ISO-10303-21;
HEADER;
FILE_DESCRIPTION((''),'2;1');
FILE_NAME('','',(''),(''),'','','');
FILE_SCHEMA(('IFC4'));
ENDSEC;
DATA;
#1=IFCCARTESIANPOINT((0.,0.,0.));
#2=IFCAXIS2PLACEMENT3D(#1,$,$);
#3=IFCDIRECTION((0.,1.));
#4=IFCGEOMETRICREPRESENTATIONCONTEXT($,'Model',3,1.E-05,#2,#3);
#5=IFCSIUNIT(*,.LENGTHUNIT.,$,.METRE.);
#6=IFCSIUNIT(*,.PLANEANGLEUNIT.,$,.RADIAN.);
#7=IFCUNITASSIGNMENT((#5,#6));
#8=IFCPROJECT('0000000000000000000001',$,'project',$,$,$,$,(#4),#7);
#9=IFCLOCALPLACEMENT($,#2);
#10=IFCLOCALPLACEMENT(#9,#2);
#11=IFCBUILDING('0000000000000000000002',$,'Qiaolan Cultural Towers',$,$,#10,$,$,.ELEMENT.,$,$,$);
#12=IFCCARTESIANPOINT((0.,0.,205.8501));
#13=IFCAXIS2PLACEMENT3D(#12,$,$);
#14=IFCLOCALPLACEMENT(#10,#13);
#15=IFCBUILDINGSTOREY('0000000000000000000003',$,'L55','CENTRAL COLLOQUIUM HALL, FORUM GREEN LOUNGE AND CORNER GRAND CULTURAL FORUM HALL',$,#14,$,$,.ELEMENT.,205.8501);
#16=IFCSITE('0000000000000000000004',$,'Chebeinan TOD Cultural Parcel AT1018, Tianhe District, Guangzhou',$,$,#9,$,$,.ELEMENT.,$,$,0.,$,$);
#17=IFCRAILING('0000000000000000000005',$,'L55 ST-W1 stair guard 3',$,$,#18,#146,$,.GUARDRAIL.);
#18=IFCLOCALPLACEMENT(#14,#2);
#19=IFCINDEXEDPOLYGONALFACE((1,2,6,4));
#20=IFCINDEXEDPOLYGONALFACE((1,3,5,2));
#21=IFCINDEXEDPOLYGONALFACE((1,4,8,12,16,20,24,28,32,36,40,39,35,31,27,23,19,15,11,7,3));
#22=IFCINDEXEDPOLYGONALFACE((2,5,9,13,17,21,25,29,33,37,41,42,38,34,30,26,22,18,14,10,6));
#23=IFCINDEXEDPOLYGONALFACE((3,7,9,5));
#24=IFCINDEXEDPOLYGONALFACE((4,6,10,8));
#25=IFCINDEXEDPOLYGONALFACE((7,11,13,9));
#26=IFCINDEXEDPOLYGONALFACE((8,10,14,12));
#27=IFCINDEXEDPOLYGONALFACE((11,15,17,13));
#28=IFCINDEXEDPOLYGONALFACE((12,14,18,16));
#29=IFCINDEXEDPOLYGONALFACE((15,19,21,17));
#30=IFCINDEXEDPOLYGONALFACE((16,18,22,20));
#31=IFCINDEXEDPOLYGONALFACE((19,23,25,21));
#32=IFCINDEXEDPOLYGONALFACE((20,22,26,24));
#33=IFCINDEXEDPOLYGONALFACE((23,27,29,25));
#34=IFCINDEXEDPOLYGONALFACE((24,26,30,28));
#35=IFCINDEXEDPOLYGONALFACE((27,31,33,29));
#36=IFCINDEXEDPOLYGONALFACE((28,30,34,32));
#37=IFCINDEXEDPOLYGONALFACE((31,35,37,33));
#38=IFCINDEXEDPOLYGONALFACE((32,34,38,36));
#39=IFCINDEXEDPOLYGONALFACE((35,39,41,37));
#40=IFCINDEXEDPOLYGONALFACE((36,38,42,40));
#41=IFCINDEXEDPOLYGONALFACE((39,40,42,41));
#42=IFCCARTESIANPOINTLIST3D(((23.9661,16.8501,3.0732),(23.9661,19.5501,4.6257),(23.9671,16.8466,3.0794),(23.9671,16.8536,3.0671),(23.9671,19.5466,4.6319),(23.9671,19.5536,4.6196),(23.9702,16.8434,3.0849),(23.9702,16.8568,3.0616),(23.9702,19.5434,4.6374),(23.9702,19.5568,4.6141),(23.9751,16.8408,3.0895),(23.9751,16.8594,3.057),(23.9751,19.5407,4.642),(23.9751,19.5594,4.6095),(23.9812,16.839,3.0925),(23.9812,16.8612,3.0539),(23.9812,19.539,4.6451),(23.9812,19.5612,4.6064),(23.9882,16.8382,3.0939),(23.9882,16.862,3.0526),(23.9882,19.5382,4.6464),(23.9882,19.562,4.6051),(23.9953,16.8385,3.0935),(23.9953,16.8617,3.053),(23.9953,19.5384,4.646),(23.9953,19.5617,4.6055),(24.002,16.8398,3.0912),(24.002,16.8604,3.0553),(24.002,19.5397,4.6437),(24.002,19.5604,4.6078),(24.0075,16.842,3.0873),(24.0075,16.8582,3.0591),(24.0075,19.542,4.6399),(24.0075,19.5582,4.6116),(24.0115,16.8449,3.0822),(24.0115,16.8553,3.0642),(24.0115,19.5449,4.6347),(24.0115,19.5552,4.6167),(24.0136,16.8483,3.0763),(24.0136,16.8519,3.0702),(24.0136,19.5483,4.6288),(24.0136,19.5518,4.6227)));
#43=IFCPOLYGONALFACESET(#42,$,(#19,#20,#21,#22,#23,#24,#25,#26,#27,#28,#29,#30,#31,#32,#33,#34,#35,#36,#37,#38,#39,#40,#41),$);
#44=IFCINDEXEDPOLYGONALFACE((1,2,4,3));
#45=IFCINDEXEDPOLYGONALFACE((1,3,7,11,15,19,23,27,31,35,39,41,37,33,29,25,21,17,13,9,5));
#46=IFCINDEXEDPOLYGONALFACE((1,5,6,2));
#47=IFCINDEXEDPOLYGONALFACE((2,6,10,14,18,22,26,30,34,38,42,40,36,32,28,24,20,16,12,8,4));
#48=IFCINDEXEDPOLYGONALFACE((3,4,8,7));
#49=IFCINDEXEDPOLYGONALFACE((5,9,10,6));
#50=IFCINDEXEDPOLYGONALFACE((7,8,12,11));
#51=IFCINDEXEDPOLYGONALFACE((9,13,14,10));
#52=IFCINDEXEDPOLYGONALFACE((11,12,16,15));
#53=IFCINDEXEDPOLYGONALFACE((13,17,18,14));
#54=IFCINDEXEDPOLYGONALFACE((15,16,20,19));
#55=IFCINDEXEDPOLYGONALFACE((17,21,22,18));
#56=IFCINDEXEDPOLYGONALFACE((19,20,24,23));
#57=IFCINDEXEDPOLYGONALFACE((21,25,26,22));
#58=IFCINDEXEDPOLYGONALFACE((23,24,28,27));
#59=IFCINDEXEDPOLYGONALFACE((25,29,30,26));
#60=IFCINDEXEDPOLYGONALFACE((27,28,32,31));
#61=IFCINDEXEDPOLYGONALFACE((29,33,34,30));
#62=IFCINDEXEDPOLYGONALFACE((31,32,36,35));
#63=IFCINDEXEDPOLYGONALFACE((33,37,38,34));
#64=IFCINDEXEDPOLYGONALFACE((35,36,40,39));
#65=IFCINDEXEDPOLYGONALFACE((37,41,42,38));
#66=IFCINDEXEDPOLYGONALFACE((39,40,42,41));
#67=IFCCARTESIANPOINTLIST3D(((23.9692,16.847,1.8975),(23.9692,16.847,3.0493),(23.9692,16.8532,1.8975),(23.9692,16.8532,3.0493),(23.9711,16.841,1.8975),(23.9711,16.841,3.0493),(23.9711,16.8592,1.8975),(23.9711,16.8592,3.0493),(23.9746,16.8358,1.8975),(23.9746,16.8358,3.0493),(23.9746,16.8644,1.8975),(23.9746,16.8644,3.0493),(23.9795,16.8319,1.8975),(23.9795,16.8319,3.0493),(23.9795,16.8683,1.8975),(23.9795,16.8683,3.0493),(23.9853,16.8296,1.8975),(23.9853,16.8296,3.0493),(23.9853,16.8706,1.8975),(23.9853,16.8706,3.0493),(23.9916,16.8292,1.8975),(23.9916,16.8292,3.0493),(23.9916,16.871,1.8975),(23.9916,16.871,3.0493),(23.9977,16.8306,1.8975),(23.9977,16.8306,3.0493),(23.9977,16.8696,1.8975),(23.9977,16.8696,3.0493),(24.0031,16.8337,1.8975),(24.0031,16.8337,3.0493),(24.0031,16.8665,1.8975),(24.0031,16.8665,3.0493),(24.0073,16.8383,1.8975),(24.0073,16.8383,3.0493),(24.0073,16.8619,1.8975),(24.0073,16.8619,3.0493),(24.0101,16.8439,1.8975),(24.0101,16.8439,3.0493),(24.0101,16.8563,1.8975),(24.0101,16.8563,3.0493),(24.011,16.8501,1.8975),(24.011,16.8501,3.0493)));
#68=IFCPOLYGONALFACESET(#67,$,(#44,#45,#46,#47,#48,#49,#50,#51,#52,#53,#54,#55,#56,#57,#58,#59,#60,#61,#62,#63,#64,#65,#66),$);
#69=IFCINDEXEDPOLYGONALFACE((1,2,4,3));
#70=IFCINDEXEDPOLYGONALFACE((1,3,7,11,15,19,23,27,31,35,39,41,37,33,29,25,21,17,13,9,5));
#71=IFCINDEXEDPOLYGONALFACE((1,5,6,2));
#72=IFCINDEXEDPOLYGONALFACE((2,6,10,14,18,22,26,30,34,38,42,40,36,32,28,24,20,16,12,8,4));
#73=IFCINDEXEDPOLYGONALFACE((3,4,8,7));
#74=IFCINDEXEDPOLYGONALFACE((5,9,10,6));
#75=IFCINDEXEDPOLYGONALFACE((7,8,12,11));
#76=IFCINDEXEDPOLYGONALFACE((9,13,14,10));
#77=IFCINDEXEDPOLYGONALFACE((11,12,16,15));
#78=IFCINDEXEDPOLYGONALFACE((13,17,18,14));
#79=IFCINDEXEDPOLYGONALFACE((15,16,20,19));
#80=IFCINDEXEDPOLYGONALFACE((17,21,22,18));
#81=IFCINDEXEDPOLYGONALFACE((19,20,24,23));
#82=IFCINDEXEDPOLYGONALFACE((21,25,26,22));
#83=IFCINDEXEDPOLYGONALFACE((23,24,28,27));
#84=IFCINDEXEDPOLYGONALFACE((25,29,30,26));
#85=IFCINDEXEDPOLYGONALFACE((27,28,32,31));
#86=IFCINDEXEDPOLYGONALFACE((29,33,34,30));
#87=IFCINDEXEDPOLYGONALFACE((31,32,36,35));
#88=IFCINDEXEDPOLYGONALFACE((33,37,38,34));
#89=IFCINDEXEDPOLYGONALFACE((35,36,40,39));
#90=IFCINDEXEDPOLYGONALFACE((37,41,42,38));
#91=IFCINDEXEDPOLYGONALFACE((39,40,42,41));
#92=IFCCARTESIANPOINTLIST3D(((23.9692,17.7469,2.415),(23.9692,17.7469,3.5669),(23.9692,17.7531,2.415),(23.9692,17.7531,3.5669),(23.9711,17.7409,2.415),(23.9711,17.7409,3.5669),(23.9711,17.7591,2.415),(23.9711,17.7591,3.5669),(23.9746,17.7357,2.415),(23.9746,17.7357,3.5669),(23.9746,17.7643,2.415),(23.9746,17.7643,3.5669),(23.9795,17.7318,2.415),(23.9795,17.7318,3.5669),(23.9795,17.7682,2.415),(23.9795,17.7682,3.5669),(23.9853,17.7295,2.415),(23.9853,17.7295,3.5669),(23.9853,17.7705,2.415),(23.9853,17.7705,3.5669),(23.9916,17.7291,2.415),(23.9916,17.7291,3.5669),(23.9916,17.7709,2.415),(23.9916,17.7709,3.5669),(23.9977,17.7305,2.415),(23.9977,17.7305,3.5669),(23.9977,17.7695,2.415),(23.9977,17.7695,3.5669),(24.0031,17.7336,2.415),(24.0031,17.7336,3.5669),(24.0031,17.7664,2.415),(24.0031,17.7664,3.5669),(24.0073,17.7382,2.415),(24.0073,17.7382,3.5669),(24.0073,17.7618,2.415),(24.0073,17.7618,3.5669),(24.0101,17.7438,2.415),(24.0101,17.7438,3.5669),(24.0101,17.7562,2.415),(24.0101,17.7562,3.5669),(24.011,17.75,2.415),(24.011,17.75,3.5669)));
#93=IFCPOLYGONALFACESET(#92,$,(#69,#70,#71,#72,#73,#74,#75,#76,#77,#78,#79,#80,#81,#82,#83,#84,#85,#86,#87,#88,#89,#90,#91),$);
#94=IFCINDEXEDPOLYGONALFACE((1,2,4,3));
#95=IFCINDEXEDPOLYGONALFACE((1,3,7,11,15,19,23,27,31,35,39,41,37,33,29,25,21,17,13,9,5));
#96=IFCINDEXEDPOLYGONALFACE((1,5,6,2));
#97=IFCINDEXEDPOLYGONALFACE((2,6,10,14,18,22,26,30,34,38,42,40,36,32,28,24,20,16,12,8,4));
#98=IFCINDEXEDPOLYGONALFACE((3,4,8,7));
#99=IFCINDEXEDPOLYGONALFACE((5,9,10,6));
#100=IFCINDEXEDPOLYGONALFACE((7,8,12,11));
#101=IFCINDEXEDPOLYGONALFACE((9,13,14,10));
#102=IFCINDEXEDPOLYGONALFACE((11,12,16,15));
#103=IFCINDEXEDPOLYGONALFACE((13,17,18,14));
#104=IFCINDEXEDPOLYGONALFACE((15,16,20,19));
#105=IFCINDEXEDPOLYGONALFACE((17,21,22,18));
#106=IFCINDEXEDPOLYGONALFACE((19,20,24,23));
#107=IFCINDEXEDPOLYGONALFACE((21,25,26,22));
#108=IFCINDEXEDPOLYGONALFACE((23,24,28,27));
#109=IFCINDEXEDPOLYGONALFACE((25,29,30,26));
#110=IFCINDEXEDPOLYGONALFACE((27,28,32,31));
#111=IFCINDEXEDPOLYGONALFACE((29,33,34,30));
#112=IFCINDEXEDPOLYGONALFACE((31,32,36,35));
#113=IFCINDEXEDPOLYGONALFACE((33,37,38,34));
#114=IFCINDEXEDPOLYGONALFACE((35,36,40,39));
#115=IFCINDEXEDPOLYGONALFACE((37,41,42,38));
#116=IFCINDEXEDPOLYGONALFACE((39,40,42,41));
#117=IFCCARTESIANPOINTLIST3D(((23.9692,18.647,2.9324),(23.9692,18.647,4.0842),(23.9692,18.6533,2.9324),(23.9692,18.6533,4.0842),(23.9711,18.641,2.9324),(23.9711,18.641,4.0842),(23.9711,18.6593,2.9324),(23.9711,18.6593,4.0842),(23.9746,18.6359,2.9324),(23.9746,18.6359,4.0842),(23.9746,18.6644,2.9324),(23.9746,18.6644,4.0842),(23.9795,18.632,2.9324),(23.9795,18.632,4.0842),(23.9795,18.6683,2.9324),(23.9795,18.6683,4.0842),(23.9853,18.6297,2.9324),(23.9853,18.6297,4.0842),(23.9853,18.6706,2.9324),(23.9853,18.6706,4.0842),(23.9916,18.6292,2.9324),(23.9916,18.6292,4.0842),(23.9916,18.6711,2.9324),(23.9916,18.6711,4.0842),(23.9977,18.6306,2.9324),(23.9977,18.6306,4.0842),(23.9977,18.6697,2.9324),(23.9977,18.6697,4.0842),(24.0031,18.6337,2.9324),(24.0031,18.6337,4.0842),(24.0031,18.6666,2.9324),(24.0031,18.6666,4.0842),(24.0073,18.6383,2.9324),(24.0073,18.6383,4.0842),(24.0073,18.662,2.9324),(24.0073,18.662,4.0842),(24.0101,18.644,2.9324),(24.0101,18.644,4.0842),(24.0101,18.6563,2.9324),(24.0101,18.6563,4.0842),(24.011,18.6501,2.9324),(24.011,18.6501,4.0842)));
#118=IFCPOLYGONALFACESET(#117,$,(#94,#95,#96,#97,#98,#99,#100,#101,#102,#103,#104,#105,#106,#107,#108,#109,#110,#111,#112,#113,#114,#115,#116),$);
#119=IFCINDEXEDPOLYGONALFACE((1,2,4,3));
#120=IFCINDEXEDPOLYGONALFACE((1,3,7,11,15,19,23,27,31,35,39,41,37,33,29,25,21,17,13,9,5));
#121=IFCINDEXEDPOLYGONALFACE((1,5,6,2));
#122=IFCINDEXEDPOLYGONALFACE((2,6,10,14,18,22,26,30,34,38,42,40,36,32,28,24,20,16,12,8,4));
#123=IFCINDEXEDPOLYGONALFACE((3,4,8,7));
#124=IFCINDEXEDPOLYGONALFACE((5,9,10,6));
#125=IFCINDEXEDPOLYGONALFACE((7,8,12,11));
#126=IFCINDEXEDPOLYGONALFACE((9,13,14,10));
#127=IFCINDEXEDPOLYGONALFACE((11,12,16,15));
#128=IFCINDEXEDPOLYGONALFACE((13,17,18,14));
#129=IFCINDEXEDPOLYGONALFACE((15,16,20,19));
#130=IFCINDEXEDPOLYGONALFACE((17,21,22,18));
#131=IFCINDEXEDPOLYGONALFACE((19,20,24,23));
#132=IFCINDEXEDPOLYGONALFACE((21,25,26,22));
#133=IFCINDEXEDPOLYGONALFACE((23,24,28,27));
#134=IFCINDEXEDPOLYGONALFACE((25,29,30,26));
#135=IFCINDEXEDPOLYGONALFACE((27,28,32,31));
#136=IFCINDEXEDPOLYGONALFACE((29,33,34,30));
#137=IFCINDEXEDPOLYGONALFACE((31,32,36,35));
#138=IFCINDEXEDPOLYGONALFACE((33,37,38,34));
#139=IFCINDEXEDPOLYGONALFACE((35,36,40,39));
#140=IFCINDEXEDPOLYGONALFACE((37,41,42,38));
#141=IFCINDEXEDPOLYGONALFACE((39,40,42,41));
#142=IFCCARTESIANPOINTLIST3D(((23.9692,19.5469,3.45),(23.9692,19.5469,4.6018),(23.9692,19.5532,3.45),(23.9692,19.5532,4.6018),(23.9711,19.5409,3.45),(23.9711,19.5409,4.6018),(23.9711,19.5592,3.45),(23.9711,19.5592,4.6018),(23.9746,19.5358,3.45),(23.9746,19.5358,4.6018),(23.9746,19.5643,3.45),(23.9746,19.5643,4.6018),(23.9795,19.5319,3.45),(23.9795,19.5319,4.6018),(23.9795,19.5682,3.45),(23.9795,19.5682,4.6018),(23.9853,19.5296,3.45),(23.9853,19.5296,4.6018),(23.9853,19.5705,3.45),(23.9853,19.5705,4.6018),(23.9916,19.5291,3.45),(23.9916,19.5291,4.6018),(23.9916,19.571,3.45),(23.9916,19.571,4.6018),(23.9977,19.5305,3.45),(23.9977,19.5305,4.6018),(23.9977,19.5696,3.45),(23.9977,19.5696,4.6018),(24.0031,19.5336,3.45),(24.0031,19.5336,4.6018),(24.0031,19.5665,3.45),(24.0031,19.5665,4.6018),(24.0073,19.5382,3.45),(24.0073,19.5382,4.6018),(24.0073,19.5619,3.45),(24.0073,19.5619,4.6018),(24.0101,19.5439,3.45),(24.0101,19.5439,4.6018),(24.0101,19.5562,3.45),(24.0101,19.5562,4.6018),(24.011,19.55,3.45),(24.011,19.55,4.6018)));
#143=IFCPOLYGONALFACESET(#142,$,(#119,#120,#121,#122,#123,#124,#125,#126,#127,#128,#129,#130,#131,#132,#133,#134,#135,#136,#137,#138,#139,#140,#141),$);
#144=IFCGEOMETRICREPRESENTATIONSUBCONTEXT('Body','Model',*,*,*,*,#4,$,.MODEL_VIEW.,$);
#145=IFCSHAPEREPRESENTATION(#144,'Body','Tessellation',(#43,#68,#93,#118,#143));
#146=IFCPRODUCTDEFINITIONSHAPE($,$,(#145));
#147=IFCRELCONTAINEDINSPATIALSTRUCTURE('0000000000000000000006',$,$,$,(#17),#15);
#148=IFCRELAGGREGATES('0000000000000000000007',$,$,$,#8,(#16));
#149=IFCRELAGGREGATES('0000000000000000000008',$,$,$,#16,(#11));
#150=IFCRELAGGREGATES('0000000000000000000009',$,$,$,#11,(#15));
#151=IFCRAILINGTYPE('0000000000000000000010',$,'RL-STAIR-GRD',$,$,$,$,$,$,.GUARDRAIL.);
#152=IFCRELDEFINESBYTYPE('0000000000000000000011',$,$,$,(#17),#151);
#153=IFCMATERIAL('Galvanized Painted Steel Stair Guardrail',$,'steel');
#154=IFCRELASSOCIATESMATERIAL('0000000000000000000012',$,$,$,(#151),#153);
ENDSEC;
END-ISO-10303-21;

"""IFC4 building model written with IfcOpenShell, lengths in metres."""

from ifc_helpers import new_model, si_unit, direction, frame, origin, origin_2d, place, context, subcontext, project, spatial, circle, extrude, material, type_object, element, save


model = new_model("IFC4")

# Units and contexts
model_context = context("Model", 3, precision=1e-05, world=origin(), true_north=direction((0.0, 1.0)))
body_context = subcontext(model_context, "Body", "Model", "MODEL_VIEW")
ifc_project = project(units=[si_unit("LENGTHUNIT", "METRE"), si_unit("PLANEANGLEUNIT", "RADIAN")], contexts=[model_context])

# Site, building, storey
site_placement = place(None, origin())
site = spatial("IfcSite", under=ifc_project, at=site_placement, Name="Chebeinan TOD Cultural Parcel AT1018, Tianhe District, Guangzhou", CompositionType="ELEMENT", RefElevation=0.0)
building_placement = place(site_placement, origin())
building = spatial("IfcBuilding", under=site, at=building_placement, Name="Qiaolan Cultural Towers", CompositionType="ELEMENT")
storey_placement = place(building_placement, frame((0.0, 0.0, 205.8501)))
storey = spatial("IfcBuildingStorey", under=building, at=storey_placement, Name="L55", Description="CENTRAL COLLOQUIUM HALL, FORUM GREEN LOUNGE AND CORNER GRAND CULTURAL FORUM HALL", CompositionType="ELEMENT", Elevation=205.8501)

# Railing
ifc_material_1 = material(Name="Galvanized Painted Steel Stair Guardrail", Category="steel")
railing_type_1 = type_object("IfcRailingType", Name="RL-STAIR-GRD", PredefinedType="GUARDRAIL", material=ifc_material_1)
railing_1_placement = place(storey_placement, frame((23.99, 16.8501, 1.8975)))
element("IfcRailing", 1, at=railing_1_placement, inside=storey, type_object=railing_type_1, Name="L55 ST-W1 stair guard 3", PredefinedType="GUARDRAIL", context=body_context, shape_type="SweptSolid", body=[
    extrude(circle(Radius=0.0239, at=origin_2d()), frame((0.0, 0.0, 1.1758), z_axis=(0.0, 0.866904, 0.498476), x_axis=(-1.0, 0.0, 0.0)), (0.0, 0.0, 1.0), 3.1145),
    extrude(circle(Radius=0.021, at=origin_2d()), origin(), (0.0, 0.0, 1.0), 1.1519),
    extrude(circle(Radius=0.021, at=origin_2d()), frame((0.0, 0.8999, 0.5176)), (0.0, 0.0, 1.0), 1.1519),
    extrude(circle(Radius=0.021, at=origin_2d()), frame((0.0, 1.8, 1.0349)), (0.0, 0.0, 1.0), 1.1519),
    extrude(circle(Radius=0.021, at=origin_2d()), frame((0.0, 2.7, 1.5525)), (0.0, 0.0, 1.0), 1.1519),
])

save(model, "model.ifc")
